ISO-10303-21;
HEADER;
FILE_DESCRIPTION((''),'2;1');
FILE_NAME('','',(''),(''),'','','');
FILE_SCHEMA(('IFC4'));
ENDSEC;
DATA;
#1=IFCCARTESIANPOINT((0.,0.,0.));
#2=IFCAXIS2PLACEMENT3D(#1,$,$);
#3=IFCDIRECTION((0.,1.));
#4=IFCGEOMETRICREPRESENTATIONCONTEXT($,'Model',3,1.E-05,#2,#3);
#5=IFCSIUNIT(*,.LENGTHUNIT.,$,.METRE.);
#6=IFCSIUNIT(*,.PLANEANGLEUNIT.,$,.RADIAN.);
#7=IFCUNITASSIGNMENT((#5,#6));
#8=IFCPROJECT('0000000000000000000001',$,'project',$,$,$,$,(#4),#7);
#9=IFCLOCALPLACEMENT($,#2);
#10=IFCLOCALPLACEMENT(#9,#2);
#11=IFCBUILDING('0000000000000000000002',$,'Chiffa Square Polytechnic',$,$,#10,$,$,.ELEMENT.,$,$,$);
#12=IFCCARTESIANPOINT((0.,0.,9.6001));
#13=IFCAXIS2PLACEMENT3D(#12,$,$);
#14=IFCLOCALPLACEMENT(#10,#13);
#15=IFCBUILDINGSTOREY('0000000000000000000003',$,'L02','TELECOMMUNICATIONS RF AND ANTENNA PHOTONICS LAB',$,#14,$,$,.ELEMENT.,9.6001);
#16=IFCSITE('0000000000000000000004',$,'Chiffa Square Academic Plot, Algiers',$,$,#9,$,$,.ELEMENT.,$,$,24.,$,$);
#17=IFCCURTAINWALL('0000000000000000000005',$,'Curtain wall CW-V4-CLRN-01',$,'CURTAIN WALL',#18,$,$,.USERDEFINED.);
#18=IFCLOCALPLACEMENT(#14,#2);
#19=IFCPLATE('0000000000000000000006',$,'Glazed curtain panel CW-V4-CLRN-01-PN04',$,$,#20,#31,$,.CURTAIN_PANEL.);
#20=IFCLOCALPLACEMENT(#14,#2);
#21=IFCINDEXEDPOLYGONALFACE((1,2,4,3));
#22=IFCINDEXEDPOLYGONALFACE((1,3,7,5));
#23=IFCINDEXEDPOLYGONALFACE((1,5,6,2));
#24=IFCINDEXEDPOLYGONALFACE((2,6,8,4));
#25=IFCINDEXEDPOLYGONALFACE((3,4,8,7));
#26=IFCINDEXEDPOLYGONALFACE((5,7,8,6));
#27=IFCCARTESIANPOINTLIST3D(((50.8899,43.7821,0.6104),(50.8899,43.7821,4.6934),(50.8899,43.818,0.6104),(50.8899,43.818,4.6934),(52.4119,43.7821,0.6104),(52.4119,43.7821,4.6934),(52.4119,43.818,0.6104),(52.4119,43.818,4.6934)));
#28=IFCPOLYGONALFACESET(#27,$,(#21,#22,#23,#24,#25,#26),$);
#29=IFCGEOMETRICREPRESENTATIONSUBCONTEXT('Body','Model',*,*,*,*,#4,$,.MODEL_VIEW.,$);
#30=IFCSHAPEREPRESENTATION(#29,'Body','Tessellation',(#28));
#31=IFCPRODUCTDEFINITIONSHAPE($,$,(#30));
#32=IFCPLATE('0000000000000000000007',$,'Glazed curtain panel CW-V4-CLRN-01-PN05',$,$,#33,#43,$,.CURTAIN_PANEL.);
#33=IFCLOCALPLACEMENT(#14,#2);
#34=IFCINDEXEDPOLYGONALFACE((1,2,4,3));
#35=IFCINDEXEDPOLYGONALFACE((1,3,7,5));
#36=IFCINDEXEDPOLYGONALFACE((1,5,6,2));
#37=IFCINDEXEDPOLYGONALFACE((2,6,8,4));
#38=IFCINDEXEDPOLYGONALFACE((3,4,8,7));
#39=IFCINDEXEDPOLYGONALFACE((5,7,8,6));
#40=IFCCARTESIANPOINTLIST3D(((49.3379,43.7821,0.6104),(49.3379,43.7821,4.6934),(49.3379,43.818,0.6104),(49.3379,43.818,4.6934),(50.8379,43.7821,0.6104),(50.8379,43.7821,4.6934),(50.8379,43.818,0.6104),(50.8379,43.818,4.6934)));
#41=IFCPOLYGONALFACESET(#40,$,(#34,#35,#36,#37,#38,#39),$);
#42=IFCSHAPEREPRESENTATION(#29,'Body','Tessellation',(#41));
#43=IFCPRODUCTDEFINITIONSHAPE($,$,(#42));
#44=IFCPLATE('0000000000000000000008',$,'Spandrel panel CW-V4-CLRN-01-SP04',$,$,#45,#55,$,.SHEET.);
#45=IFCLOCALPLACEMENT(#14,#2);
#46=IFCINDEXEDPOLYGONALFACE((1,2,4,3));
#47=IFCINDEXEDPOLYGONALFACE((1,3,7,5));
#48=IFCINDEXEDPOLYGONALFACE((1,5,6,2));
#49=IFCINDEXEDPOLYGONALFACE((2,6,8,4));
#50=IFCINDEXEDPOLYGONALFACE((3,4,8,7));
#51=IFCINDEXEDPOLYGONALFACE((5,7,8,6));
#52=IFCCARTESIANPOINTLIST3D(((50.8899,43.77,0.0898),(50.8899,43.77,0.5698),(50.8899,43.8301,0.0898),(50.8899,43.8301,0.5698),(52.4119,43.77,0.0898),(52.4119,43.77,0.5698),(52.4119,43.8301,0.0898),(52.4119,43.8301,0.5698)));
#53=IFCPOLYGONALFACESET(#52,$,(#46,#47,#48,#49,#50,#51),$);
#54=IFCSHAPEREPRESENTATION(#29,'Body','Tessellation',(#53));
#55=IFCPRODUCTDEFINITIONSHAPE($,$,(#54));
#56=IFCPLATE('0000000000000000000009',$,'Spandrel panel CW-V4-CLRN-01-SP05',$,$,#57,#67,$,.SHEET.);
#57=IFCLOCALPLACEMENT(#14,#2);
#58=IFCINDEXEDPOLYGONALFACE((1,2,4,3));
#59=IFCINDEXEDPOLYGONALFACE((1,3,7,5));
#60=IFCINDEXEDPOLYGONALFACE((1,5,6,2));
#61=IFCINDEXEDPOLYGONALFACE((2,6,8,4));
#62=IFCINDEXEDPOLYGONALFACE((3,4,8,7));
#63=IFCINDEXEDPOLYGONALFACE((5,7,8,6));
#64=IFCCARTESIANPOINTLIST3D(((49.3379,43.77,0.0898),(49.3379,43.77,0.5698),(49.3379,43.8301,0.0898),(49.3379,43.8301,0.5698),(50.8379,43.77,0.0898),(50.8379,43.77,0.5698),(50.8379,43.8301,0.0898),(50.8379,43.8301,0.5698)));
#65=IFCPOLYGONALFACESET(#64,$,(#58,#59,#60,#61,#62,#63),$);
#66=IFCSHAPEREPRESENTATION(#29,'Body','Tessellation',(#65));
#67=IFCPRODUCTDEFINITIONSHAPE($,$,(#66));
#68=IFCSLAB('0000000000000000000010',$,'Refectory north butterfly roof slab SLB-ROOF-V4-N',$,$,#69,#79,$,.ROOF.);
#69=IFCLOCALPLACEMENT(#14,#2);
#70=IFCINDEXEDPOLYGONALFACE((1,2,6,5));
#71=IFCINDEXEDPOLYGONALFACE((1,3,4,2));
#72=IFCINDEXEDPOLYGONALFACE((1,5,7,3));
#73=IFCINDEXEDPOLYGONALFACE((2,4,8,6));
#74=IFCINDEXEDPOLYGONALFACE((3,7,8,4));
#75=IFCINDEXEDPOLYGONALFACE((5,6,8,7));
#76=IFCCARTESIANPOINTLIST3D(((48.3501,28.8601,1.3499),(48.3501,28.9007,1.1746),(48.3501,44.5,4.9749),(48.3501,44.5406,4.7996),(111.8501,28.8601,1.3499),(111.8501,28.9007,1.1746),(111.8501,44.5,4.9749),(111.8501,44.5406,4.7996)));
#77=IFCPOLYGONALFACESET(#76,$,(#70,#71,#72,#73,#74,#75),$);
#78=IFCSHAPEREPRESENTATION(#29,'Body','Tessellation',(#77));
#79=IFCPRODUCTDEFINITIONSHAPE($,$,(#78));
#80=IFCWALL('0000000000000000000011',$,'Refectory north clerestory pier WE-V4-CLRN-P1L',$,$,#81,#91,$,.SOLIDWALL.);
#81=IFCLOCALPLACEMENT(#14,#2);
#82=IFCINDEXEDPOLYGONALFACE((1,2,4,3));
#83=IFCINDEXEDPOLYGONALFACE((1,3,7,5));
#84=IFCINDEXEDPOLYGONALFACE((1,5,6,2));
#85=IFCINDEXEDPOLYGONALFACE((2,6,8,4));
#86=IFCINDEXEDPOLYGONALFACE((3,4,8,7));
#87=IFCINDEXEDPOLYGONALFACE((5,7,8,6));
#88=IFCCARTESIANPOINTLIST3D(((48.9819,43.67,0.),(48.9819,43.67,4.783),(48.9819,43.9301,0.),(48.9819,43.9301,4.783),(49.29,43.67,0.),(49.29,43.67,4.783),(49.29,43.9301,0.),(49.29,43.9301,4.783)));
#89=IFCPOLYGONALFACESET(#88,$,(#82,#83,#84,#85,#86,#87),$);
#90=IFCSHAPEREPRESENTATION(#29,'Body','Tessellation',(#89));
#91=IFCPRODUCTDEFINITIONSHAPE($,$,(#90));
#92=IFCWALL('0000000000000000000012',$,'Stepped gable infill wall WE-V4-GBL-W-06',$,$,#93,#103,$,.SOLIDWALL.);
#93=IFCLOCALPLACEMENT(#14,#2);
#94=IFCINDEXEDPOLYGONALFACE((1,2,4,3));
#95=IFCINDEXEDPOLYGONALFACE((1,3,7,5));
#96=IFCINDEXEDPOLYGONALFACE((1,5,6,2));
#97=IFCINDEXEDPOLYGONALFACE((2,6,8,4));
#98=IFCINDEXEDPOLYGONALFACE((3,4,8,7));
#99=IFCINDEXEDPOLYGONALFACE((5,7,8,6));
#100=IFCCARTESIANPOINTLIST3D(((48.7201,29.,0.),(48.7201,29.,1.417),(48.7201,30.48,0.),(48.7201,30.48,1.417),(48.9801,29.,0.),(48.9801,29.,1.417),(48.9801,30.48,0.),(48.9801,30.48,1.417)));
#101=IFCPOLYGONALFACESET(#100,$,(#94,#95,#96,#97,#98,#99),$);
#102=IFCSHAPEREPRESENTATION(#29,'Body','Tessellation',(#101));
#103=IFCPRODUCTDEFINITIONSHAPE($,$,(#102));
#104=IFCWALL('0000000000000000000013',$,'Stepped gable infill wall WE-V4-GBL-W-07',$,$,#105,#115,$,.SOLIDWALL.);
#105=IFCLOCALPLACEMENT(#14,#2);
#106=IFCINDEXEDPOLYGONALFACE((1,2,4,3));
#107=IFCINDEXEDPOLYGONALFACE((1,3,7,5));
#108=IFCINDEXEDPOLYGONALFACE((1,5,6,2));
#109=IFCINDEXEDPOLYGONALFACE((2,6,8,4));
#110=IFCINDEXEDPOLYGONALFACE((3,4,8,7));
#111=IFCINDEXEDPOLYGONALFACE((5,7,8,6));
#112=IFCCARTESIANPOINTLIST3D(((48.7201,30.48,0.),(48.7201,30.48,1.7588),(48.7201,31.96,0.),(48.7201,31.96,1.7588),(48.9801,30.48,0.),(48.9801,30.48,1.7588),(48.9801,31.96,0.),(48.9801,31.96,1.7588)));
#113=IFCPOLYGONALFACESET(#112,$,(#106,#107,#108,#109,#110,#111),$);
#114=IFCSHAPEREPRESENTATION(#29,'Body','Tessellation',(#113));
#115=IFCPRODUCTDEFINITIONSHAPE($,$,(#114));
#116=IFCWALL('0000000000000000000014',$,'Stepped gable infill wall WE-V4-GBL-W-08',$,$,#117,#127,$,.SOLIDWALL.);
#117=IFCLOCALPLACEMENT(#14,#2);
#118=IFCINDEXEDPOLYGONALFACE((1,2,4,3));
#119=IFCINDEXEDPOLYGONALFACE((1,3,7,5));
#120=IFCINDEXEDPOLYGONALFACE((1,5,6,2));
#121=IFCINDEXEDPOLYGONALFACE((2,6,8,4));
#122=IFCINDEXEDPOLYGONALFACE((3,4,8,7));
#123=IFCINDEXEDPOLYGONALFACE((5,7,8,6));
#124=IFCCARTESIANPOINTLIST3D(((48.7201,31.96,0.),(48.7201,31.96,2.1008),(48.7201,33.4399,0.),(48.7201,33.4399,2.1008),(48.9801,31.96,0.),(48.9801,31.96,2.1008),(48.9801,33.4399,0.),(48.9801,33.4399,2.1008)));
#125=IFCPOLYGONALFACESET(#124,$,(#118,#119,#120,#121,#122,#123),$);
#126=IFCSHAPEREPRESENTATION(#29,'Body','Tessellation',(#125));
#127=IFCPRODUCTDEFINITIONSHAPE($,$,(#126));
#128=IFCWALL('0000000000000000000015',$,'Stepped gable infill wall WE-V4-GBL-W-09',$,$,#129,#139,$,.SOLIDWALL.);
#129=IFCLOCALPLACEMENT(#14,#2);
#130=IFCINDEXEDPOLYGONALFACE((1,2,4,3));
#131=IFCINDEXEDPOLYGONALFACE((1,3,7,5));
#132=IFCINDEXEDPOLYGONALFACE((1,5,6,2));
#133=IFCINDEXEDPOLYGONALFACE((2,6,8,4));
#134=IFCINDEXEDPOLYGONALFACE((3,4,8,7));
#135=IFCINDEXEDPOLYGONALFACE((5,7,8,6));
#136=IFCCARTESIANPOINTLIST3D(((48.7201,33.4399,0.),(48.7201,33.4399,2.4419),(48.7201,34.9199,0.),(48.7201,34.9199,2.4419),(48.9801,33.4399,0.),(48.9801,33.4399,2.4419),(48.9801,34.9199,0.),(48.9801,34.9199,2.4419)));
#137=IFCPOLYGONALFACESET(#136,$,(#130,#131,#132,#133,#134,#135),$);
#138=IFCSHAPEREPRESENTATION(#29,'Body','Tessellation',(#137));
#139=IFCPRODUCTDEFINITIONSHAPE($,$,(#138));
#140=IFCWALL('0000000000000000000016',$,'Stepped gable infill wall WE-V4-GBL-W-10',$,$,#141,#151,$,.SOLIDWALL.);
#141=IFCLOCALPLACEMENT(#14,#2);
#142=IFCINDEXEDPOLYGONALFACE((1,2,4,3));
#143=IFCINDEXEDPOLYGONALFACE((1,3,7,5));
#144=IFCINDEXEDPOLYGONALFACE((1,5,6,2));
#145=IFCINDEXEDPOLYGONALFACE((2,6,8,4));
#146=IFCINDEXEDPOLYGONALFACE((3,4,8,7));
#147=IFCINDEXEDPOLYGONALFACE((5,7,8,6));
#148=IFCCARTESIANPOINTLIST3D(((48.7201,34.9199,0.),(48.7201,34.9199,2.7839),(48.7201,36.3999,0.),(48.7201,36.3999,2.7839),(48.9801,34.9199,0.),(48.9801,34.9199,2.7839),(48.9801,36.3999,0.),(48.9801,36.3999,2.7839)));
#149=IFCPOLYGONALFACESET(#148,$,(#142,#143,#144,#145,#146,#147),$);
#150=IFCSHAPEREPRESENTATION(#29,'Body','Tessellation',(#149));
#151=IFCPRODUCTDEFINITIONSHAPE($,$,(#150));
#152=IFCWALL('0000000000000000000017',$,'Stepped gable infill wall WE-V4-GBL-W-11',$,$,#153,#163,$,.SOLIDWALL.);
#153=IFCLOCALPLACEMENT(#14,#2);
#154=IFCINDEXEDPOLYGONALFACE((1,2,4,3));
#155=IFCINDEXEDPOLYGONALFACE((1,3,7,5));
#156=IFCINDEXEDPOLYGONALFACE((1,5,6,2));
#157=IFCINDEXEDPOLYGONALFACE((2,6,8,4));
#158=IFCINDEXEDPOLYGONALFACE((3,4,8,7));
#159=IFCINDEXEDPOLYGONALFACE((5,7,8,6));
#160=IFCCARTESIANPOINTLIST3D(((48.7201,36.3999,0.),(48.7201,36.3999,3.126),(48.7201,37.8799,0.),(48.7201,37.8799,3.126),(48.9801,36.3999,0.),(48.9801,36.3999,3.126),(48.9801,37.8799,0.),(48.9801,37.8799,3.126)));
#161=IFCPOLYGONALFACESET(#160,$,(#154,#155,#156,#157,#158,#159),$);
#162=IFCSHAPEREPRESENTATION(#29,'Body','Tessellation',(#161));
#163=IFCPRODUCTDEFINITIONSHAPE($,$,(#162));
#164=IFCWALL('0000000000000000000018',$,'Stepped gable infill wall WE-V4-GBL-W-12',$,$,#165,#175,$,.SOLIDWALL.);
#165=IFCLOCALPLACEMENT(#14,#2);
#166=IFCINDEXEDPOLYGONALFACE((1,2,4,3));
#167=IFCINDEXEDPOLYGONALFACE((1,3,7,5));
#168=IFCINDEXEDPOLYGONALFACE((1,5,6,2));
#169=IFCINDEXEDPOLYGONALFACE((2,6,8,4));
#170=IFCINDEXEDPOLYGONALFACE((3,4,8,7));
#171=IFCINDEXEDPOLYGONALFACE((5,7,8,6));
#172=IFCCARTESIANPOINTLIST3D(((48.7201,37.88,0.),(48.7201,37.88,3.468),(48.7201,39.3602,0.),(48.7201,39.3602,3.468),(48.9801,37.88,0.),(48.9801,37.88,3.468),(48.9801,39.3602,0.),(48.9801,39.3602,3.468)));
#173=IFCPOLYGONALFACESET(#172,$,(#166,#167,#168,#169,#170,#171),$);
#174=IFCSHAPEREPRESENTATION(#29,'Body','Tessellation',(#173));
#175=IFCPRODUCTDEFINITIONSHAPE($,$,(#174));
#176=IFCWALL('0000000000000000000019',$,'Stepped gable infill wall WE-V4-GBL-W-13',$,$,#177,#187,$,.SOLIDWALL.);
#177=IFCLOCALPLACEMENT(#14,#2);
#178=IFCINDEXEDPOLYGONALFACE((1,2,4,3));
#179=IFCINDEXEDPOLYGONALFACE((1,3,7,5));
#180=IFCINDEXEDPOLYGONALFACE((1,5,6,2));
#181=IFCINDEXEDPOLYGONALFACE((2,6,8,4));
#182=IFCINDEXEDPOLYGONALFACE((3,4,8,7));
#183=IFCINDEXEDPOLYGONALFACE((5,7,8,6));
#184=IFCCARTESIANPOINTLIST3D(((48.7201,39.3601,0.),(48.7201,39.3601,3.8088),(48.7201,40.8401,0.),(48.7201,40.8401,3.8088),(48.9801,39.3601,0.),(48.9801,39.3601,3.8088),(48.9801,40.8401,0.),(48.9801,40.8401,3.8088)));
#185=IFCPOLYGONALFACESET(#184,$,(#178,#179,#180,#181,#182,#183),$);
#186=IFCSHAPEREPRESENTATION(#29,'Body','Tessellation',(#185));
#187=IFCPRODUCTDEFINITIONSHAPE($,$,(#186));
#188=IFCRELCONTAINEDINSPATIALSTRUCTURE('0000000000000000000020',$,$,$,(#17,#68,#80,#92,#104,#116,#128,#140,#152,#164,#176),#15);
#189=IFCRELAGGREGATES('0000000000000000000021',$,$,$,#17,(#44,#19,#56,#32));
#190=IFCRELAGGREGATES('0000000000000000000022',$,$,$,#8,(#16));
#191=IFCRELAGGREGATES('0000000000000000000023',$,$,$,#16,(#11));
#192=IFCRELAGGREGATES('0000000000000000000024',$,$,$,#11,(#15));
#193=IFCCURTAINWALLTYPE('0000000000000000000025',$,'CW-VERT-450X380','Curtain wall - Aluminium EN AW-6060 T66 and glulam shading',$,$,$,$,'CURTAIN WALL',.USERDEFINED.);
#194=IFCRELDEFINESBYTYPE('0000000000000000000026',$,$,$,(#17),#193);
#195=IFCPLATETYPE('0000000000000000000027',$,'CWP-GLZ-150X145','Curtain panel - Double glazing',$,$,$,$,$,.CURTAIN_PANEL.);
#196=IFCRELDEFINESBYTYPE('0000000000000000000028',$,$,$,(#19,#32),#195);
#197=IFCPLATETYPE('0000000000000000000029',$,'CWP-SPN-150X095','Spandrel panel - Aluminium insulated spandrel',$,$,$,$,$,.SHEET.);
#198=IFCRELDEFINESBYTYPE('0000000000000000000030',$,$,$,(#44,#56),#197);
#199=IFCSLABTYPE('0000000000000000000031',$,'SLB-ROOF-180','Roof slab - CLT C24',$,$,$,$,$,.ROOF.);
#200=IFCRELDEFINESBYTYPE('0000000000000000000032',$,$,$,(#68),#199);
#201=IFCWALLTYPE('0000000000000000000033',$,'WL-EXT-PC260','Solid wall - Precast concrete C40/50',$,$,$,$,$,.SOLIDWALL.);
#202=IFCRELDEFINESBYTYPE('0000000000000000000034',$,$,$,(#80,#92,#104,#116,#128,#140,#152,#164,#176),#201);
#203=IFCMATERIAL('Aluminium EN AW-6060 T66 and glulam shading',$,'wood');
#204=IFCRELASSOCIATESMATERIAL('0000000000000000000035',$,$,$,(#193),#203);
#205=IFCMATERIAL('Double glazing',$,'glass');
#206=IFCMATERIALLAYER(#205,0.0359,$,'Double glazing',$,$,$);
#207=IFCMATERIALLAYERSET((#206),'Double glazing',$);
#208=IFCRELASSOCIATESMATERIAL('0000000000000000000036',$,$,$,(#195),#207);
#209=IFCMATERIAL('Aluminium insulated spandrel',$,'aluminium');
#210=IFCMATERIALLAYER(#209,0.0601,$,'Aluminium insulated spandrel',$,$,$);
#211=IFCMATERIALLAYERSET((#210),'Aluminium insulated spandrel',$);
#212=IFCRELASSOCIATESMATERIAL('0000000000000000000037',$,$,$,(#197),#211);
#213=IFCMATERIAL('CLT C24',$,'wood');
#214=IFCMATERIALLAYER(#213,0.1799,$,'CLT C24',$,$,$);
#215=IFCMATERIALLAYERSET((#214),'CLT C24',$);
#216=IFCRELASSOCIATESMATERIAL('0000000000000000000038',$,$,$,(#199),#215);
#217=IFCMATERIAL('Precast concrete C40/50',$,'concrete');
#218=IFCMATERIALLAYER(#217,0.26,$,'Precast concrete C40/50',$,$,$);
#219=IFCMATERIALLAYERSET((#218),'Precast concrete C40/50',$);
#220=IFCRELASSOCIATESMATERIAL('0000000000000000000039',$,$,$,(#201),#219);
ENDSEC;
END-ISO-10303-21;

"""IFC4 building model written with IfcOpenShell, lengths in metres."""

from ifc_helpers import new_model, si_unit, direction, frame, frame_2d, origin, origin_2d, place, context, subcontext, project, spatial, polyline, rectangle, outline, extrude, material, layer, layer_set, type_object, element, aggregate, save


model = new_model("IFC4")

# Units and contexts
model_context = context("Model", 3, precision=1e-05, world=origin(), true_north=direction((0.0, 1.0)))
body_context = subcontext(model_context, "Body", "Model", "MODEL_VIEW")
ifc_project = project(units=[si_unit("LENGTHUNIT", "METRE"), si_unit("PLANEANGLEUNIT", "RADIAN")], contexts=[model_context])

# Site, building, storey
site_placement = place(None, origin())
site = spatial("IfcSite", under=ifc_project, at=site_placement, Name="Chiffa Square Academic Plot, Algiers", CompositionType="ELEMENT", RefElevation=24.0)
building_placement = place(site_placement, origin())
building = spatial("IfcBuilding", under=site, at=building_placement, Name="Chiffa Square Polytechnic", CompositionType="ELEMENT")
storey_placement = place(building_placement, frame((0.0, 0.0, 9.6001)))
storey = spatial("IfcBuildingStorey", under=building, at=storey_placement, Name="L02", Description="TELECOMMUNICATIONS RF AND ANTENNA PHOTONICS LAB", CompositionType="ELEMENT", Elevation=9.6001)

# Curtain wall
ifc_material_1 = material(Name="Aluminium EN AW-6060 T66 and glulam shading", Category="wood")
curtain_wall_type = type_object("IfcCurtainWallType", Name="CW-VERT-450X380", Description="Curtain wall - Aluminium EN AW-6060 T66 and glulam shading", ElementType="CURTAIN WALL", PredefinedType="USERDEFINED", material=ifc_material_1)
curtain_wall_placement = place(storey_placement, origin())
curtain_wall = element("IfcCurtainWall", 1, at=curtain_wall_placement, inside=storey, type_object=curtain_wall_type, Name="Curtain wall CW-V4-CLRN-01", ObjectType="CURTAIN WALL", PredefinedType="USERDEFINED")

# Plates
ifc_material_2 = material(Name="Double glazing", Category="glass")
ifc_layer_1 = layer(ifc_material_2, 0.0359, Name="Double glazing")
ifc_layer_set_1 = layer_set([ifc_layer_1], Name="Double glazing")
plate_type_1 = type_object("IfcPlateType", Name="CWP-GLZ-150X145", Description="Curtain panel - Double glazing", PredefinedType="CURTAIN_PANEL", material=ifc_layer_set_1)
plate_1_placement = place(storey_placement, frame((51.6509, 43.8, 0.6104), z_axis=(0.0, 0.0, 1.0), x_axis=(-1.0, 0.0, 0.0)))
plate_1 = element("IfcPlate", 2, at=plate_1_placement, type_object=plate_type_1, Name="Glazed curtain panel CW-V4-CLRN-01-PN04", PredefinedType="CURTAIN_PANEL", context=body_context, shape_type="SweptSolid", body=[
    extrude(rectangle(XDim=1.522, YDim=0.0359, at=origin_2d()), origin(), (0.0, 0.0, 1.0), 4.083),
])
plate_2_placement = place(storey_placement, frame((50.0879, 43.8, 0.6104), z_axis=(0.0, 0.0, 1.0), x_axis=(-1.0, 0.0, 0.0)))
plate_2 = element("IfcPlate", 3, at=plate_2_placement, type_object=plate_type_1, Name="Glazed curtain panel CW-V4-CLRN-01-PN05", PredefinedType="CURTAIN_PANEL", context=body_context, shape_type="SweptSolid", body=[
    extrude(rectangle(XDim=1.5, YDim=0.0359, at=origin_2d()), origin(), (0.0, 0.0, 1.0), 4.083),
])
ifc_material_3 = material(Name="Aluminium insulated spandrel", Category="aluminium")
ifc_layer_2 = layer(ifc_material_3, 0.0601, Name="Aluminium insulated spandrel")
ifc_layer_set_2 = layer_set([ifc_layer_2], Name="Aluminium insulated spandrel")
plate_type_2 = type_object("IfcPlateType", Name="CWP-SPN-150X095", Description="Spandrel panel - Aluminium insulated spandrel", PredefinedType="SHEET", material=ifc_layer_set_2)
plate_3_placement = place(storey_placement, frame((51.6509, 43.8, 0.0898), z_axis=(0.0, 0.0, 1.0), x_axis=(-1.0, 0.0, 0.0)))
plate_3 = element("IfcPlate", 4, at=plate_3_placement, type_object=plate_type_2, Name="Spandrel panel CW-V4-CLRN-01-SP04", PredefinedType="SHEET", context=body_context, shape_type="SweptSolid", body=[
    extrude(rectangle(XDim=1.522, YDim=0.0601, at=origin_2d()), origin(), (0.0, 0.0, 1.0), 0.48),
])
plate_4_placement = place(storey_placement, frame((50.0879, 43.8, 0.0898), z_axis=(0.0, 0.0, 1.0), x_axis=(-1.0, 0.0, 0.0)))
plate_4 = element("IfcPlate", 5, at=plate_4_placement, type_object=plate_type_2, Name="Spandrel panel CW-V4-CLRN-01-SP05", PredefinedType="SHEET", context=body_context, shape_type="SweptSolid", body=[
    extrude(rectangle(XDim=1.5, YDim=0.0601, at=origin_2d()), origin(), (0.0, 0.0, 1.0), 0.48),
])
aggregate(curtain_wall, [plate_3, plate_1, plate_4, plate_2])

# Slab
ifc_material_4 = material(Name="CLT C24", Category="wood")
ifc_layer_3 = layer(ifc_material_4, 0.1799, Name="CLT C24")
ifc_layer_set_3 = layer_set([ifc_layer_3], Name="CLT C24")
slab_type = type_object("IfcSlabType", Name="SLB-ROOF-180", Description="Roof slab - CLT C24", PredefinedType="ROOF", material=ifc_layer_set_3)
slab_placement = place(storey_placement, frame((48.3501, 28.8601, 1.3499), z_axis=(0.0, -0.225793, 0.974175), x_axis=(1.0, 0.0, 0.0)))
element("IfcSlab", 6, at=slab_placement, inside=storey, type_object=slab_type, Name="Refectory north butterfly roof slab SLB-ROOF-V4-N", PredefinedType="ROOF", context=body_context, shape_type="SweptSolid", body=[
    extrude(outline(polyline([(0.0, 0.0), (63.5, 0.0), (63.5, 16.0545), (0.0, 16.0545), (0.0, 0.0)])), origin(), (0.0, 0.0, -1.0), 0.1799),
])

# Walls
ifc_material_5 = material(Name="Precast concrete C40/50", Category="concrete")
ifc_layer_4 = layer(ifc_material_5, 0.26, Name="Precast concrete C40/50")
ifc_layer_set_4 = layer_set([ifc_layer_4], Name="Precast concrete C40/50")
wall_type = type_object("IfcWallType", Name="WL-EXT-PC260", Description="Solid wall - Precast concrete C40/50", PredefinedType="SOLIDWALL", material=ifc_layer_set_4)
wall_1_placement = place(storey_placement, frame((48.9819, 43.8, 0.0), z_axis=(0.0, 0.0, 1.0), x_axis=(1.0, 0.0, 0.0)))
element("IfcWall", 7, at=wall_1_placement, inside=storey, type_object=wall_type, Name="Refectory north clerestory pier WE-V4-CLRN-P1L", PredefinedType="SOLIDWALL", context=body_context, shape_type="SweptSolid", body=[
    extrude(rectangle(XDim=0.3081, YDim=0.26, at=frame_2d((0.1541, 0.0))), origin(), (0.0, 0.0, 1.0), 4.783),
])
wall_2_placement = place(storey_placement, frame((48.8501, 29.0, 0.0), z_axis=(0.0, 0.0, 1.0), x_axis=(0.0, 1.0, 0.0)))
element("IfcWall", 8, at=wall_2_placement, inside=storey, type_object=wall_type, Name="Stepped gable infill wall WE-V4-GBL-W-06", PredefinedType="SOLIDWALL", context=body_context, shape_type="SweptSolid", body=[
    extrude(rectangle(XDim=1.48, YDim=0.26, at=frame_2d((0.74, 0.0))), origin(), (0.0, 0.0, 1.0), 1.417),
])
wall_3_placement = place(storey_placement, frame((48.8501, 30.48, 0.0), z_axis=(0.0, 0.0, 1.0), x_axis=(0.0, 1.0, 0.0)))
element("IfcWall", 9, at=wall_3_placement, inside=storey, type_object=wall_type, Name="Stepped gable infill wall WE-V4-GBL-W-07", PredefinedType="SOLIDWALL", context=body_context, shape_type="SweptSolid", body=[
    extrude(rectangle(XDim=1.48, YDim=0.26, at=frame_2d((0.74, 0.0))), origin(), (0.0, 0.0, 1.0), 1.7588),
])
wall_4_placement = place(storey_placement, frame((48.8501, 31.96, 0.0), z_axis=(0.0, 0.0, 1.0), x_axis=(0.0, 1.0, 0.0)))
element("IfcWall", 10, at=wall_4_placement, inside=storey, type_object=wall_type, Name="Stepped gable infill wall WE-V4-GBL-W-08", PredefinedType="SOLIDWALL", context=body_context, shape_type="SweptSolid", body=[
    extrude(rectangle(XDim=1.48, YDim=0.26, at=frame_2d((0.74, 0.0))), origin(), (0.0, 0.0, 1.0), 2.1008),
])
wall_5_placement = place(storey_placement, frame((48.8501, 33.4399, 0.0), z_axis=(0.0, 0.0, 1.0), x_axis=(0.0, 1.0, 0.0)))
element("IfcWall", 11, at=wall_5_placement, inside=storey, type_object=wall_type, Name="Stepped gable infill wall WE-V4-GBL-W-09", PredefinedType="SOLIDWALL", context=body_context, shape_type="SweptSolid", body=[
    extrude(rectangle(XDim=1.48, YDim=0.26, at=frame_2d((0.74, 0.0))), origin(), (0.0, 0.0, 1.0), 2.4419),
])
wall_6_placement = place(storey_placement, frame((48.8501, 34.9199, 0.0), z_axis=(0.0, 0.0, 1.0), x_axis=(0.0, 1.0, 0.0)))
element("IfcWall", 12, at=wall_6_placement, inside=storey, type_object=wall_type, Name="Stepped gable infill wall WE-V4-GBL-W-10", PredefinedType="SOLIDWALL", context=body_context, shape_type="SweptSolid", body=[
    extrude(rectangle(XDim=1.48, YDim=0.26, at=frame_2d((0.74, 0.0))), origin(), (0.0, 0.0, 1.0), 2.7839),
])
wall_7_placement = place(storey_placement, frame((48.8501, 36.3999, 0.0), z_axis=(0.0, 0.0, 1.0), x_axis=(0.0, 1.0, 0.0)))
element("IfcWall", 13, at=wall_7_placement, inside=storey, type_object=wall_type, Name="Stepped gable infill wall WE-V4-GBL-W-11", PredefinedType="SOLIDWALL", context=body_context, shape_type="SweptSolid", body=[
    extrude(rectangle(XDim=1.48, YDim=0.26, at=frame_2d((0.74, 0.0))), origin(), (0.0, 0.0, 1.0), 3.126),
])
wall_8_placement = place(storey_placement, frame((48.8501, 37.8799, 0.0), z_axis=(0.0, 0.0, 1.0), x_axis=(0.0, 1.0, 0.0)))
element("IfcWall", 14, at=wall_8_placement, inside=storey, type_object=wall_type, Name="Stepped gable infill wall WE-V4-GBL-W-12", PredefinedType="SOLIDWALL", context=body_context, shape_type="SweptSolid", body=[
    extrude(rectangle(XDim=1.4802, YDim=0.26, at=frame_2d((0.7402, 0.0))), origin(), (0.0, 0.0, 1.0), 3.468),
])
wall_9_placement = place(storey_placement, frame((48.8501, 39.3601, 0.0), z_axis=(0.0, 0.0, 1.0), x_axis=(0.0, 1.0, 0.0)))
element("IfcWall", 15, at=wall_9_placement, inside=storey, type_object=wall_type, Name="Stepped gable infill wall WE-V4-GBL-W-13", PredefinedType="SOLIDWALL", context=body_context, shape_type="SweptSolid", body=[
    extrude(rectangle(XDim=1.48, YDim=0.26, at=frame_2d((0.74, 0.0))), origin(), (0.0, 0.0, 1.0), 3.8088),
])

save(model, "model.ifc")
